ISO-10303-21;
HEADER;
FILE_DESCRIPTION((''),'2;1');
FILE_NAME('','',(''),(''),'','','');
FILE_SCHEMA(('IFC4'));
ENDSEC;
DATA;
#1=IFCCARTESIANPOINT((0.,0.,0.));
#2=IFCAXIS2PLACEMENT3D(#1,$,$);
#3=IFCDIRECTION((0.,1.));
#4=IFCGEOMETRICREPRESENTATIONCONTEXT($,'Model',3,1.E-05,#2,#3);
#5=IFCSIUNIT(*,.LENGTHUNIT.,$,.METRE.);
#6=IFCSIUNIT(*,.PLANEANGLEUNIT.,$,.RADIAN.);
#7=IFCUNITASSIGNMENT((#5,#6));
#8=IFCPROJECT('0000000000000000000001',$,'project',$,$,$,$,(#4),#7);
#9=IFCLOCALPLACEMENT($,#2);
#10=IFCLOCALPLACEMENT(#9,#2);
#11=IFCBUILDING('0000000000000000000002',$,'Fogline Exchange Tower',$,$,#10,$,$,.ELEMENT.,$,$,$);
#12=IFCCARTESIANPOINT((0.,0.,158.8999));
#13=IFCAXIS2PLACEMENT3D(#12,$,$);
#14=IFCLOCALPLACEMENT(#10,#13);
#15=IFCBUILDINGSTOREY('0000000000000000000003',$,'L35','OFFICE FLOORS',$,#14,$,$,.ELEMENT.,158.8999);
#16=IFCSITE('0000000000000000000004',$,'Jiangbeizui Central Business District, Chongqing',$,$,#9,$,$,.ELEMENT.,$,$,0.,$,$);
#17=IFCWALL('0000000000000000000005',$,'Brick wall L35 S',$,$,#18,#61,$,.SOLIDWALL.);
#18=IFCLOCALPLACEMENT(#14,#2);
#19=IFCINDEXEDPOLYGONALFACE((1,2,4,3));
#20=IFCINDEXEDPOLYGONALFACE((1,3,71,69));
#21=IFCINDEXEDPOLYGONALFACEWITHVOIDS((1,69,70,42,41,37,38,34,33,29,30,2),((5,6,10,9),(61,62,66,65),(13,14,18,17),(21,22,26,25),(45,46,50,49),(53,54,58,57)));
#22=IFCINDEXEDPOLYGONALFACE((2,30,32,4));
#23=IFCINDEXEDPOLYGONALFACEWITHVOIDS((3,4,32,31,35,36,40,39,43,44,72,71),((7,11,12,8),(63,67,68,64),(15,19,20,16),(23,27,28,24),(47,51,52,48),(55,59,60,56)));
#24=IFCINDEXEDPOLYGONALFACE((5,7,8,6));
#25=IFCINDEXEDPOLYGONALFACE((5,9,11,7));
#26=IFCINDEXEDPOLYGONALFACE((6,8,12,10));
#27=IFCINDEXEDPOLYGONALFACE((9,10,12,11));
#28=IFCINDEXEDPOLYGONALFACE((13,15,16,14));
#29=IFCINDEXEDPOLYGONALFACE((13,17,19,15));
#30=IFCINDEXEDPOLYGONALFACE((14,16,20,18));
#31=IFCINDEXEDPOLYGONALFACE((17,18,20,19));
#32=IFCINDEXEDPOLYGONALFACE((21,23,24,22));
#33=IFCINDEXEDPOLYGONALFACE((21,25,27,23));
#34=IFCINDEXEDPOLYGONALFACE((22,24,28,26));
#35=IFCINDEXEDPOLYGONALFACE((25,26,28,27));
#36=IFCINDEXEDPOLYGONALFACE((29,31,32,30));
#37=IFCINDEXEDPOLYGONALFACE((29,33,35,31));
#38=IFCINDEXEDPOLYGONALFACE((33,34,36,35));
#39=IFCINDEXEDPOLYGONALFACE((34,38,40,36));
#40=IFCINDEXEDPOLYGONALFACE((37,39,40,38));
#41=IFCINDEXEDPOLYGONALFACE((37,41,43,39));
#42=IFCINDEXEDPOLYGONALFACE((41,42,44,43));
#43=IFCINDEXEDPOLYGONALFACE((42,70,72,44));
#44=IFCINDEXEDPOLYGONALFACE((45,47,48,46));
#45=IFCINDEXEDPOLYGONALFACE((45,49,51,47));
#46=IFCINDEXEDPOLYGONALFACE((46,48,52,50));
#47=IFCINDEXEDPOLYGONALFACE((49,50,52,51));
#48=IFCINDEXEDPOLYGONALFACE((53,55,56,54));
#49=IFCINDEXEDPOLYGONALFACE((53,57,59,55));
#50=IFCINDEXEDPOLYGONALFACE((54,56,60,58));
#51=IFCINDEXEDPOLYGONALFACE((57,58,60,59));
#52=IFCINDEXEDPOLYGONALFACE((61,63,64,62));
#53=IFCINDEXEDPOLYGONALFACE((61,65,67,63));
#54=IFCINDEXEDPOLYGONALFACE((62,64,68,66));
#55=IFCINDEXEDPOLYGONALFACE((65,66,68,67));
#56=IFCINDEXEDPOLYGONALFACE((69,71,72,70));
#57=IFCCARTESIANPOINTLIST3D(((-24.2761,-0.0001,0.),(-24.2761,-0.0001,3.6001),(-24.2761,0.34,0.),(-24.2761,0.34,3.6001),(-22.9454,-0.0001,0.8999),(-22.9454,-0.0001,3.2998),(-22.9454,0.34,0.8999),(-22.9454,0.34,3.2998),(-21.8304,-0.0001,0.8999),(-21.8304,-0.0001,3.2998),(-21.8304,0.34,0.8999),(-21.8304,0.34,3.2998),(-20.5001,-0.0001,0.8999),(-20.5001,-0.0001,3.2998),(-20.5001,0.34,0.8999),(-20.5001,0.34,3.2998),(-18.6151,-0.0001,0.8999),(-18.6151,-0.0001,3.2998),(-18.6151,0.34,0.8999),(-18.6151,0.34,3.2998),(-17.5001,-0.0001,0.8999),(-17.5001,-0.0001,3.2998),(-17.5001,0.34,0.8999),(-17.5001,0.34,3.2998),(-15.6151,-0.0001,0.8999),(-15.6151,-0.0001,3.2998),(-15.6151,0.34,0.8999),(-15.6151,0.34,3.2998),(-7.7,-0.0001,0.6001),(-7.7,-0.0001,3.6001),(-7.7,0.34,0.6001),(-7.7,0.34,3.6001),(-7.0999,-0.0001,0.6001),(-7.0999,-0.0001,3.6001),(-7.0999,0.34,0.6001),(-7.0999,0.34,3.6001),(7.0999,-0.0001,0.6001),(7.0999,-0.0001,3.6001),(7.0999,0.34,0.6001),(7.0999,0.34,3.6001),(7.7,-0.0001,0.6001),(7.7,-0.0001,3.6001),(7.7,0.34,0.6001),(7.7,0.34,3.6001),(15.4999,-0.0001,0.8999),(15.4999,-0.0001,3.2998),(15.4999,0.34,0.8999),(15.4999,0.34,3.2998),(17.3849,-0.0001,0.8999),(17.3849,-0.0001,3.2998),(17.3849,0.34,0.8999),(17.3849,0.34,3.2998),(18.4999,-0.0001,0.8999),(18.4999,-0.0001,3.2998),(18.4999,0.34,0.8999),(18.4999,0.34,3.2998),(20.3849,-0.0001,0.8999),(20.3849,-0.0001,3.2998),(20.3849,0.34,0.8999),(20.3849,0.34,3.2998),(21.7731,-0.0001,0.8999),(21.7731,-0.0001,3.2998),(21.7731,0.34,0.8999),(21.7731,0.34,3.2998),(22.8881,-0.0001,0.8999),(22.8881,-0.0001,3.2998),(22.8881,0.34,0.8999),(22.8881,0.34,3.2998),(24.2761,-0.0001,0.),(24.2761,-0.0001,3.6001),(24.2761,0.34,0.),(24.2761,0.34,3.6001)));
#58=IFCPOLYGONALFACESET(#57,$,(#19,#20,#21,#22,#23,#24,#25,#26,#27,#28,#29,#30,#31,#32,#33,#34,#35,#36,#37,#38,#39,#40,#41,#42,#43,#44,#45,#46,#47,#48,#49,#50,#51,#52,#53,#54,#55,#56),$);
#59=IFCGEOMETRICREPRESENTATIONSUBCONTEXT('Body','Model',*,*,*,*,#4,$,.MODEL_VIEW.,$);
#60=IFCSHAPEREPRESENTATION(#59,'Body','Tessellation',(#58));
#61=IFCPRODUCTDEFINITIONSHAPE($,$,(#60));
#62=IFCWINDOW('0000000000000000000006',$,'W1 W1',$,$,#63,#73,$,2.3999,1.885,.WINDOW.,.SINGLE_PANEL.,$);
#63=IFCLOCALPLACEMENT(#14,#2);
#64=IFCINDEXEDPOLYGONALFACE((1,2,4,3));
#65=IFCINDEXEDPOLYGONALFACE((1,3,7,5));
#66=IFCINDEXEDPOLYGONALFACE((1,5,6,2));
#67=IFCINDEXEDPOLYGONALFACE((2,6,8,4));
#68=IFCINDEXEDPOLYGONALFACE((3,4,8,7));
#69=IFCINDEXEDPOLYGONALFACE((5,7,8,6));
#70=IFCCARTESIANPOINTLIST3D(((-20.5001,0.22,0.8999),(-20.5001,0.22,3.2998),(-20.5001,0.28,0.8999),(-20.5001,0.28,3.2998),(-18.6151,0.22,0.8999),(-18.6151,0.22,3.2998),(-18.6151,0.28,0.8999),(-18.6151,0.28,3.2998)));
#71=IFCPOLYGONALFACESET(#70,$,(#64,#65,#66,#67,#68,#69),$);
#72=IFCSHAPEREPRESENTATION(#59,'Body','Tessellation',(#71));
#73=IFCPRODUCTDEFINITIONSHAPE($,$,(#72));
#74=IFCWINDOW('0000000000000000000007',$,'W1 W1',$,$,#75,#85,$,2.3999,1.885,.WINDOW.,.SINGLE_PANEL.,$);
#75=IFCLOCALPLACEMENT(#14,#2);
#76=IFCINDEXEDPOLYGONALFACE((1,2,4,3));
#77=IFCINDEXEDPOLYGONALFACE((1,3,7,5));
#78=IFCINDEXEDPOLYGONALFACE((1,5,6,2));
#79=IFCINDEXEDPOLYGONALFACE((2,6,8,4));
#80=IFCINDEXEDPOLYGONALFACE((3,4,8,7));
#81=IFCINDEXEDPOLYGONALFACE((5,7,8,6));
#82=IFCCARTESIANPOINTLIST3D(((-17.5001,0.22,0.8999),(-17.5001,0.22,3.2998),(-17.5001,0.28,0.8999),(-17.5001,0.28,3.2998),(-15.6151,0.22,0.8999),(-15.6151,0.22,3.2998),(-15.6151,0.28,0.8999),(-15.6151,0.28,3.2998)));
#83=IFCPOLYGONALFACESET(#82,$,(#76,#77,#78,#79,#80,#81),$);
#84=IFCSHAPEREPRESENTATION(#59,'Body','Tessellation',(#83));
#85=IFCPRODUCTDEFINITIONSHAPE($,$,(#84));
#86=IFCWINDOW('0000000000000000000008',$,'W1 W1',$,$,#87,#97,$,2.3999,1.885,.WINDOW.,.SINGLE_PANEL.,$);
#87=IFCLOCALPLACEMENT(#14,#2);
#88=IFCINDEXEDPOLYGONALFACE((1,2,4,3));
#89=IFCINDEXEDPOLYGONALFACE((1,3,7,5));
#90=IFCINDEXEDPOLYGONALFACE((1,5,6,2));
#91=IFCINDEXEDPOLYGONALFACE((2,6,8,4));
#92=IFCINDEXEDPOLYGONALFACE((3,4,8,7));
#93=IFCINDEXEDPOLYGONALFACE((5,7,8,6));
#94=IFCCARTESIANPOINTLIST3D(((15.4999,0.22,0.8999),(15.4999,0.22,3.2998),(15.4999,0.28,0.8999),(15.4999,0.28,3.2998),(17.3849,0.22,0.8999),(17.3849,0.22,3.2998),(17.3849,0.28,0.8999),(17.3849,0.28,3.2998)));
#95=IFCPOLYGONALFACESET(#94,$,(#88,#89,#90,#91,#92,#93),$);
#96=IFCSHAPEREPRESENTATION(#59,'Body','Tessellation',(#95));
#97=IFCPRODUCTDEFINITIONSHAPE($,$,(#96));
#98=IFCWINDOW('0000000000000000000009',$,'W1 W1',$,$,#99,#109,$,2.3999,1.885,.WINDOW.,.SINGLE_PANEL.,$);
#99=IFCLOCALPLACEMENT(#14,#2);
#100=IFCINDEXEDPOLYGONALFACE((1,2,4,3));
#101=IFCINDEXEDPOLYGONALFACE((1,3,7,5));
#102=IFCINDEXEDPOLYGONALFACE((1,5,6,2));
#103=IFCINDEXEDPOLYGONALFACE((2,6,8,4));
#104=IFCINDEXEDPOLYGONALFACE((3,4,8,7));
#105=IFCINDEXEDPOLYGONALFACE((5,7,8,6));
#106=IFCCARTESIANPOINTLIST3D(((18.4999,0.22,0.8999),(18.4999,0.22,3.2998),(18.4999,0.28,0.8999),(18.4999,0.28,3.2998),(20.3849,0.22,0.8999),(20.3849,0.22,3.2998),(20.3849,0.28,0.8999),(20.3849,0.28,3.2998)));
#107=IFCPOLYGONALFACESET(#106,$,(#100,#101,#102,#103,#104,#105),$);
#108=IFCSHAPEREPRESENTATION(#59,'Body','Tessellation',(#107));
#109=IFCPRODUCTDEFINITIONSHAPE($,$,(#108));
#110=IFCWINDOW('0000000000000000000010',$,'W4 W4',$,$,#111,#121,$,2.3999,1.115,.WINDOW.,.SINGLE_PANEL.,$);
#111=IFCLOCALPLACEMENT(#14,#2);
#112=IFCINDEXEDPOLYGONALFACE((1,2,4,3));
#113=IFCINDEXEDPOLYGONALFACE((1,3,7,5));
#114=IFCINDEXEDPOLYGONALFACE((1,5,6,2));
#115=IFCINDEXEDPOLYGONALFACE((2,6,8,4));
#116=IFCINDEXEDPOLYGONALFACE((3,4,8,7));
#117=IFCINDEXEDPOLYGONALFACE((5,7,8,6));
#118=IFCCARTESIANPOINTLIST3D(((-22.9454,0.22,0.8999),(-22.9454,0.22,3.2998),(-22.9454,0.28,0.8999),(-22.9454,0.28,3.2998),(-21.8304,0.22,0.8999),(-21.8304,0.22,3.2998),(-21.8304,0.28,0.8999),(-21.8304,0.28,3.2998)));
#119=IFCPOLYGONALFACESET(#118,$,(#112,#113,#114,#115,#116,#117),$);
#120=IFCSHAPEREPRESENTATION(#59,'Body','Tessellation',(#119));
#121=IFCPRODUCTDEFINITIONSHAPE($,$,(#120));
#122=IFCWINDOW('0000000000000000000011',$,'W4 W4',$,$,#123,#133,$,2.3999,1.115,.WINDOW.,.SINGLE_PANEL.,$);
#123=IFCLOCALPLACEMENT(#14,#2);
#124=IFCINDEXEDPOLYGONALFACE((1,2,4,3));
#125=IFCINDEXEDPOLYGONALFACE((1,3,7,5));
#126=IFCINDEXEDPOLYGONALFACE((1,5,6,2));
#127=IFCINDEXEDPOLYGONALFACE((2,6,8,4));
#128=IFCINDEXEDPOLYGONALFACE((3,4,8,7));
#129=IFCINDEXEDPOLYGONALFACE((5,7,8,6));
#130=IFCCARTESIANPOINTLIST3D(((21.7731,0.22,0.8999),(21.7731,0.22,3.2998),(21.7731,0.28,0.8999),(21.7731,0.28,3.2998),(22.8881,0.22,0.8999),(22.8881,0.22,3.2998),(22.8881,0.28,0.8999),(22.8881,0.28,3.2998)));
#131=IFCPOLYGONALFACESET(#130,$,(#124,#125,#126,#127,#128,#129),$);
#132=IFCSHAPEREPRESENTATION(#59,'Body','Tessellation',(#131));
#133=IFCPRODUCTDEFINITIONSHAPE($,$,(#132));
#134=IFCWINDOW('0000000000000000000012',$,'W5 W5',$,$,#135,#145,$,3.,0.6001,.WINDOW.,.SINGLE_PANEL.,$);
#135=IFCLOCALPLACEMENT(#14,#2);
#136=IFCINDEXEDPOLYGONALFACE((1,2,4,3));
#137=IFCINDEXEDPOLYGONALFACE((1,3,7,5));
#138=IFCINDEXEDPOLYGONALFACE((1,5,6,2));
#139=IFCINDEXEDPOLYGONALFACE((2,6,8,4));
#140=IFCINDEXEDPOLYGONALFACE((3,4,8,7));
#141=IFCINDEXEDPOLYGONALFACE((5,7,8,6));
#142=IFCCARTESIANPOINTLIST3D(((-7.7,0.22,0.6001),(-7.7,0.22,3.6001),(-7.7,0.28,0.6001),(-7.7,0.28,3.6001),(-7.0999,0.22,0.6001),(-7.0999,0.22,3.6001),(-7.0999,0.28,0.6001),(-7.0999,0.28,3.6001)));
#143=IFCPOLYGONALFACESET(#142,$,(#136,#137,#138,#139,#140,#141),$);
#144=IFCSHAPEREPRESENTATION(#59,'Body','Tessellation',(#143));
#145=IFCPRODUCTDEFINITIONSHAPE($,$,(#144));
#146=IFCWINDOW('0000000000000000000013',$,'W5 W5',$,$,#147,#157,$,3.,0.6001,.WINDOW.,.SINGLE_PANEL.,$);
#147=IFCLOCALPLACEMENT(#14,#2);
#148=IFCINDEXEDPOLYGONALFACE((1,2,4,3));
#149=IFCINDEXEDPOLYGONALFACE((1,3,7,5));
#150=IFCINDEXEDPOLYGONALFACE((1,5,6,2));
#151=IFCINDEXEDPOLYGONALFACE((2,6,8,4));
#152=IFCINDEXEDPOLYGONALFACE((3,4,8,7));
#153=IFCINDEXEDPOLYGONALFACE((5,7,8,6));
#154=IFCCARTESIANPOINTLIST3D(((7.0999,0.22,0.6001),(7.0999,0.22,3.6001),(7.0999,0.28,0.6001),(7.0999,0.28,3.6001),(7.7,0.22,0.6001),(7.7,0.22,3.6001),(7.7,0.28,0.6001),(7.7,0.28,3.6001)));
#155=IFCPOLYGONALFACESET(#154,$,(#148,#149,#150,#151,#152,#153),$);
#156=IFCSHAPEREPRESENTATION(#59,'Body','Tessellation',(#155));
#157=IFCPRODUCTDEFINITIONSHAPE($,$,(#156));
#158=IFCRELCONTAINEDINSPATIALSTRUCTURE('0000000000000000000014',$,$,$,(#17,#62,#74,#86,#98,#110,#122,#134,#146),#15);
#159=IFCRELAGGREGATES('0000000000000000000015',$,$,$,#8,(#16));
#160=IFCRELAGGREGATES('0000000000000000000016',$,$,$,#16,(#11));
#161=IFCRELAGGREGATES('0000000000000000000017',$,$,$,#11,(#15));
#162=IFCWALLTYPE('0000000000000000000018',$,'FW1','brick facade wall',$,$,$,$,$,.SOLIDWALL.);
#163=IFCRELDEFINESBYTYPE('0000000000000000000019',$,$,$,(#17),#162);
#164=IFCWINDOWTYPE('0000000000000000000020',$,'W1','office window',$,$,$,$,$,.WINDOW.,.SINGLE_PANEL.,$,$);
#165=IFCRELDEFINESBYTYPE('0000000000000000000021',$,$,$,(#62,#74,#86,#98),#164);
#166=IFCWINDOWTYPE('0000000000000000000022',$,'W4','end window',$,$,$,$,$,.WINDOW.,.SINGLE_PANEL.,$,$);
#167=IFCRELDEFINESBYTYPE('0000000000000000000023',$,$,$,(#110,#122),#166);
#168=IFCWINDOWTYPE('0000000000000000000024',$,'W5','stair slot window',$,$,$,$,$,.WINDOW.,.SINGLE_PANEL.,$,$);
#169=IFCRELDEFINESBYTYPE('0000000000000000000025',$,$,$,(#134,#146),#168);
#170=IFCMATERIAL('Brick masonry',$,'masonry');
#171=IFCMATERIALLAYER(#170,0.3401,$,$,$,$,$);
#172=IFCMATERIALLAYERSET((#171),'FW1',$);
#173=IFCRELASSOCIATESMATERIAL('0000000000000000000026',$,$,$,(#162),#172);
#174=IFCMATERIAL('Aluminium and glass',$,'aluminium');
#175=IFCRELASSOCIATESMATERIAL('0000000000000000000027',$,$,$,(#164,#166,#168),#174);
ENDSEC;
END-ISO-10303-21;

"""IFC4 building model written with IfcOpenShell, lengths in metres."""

from ifc_helpers import new_model, si_unit, direction, frame, frame_2d, origin, place, context, subcontext, project, spatial, rectangle, extrude, material, layer, layer_set, type_object, element, fill, save


model = new_model("IFC4")

# Units and contexts
model_context = context("Model", 3, precision=1e-05, world=origin(), true_north=direction((0.0, 1.0)))
body_context = subcontext(model_context, "Body", "Model", "MODEL_VIEW")
ifc_project = project(units=[si_unit("LENGTHUNIT", "METRE"), si_unit("PLANEANGLEUNIT", "RADIAN")], contexts=[model_context])

# Site, building, storey
site_placement = place(None, origin())
site = spatial("IfcSite", under=ifc_project, at=site_placement, Name="Jiangbeizui Central Business District, Chongqing", CompositionType="ELEMENT", RefElevation=0.0)
building_placement = place(site_placement, origin())
building = spatial("IfcBuilding", under=site, at=building_placement, Name="Fogline Exchange Tower", CompositionType="ELEMENT")
storey_placement = place(building_placement, frame((0.0, 0.0, 158.8999)))
storey = spatial("IfcBuildingStorey", under=building, at=storey_placement, Name="L35", Description="OFFICE FLOORS", CompositionType="ELEMENT", Elevation=158.8999)

# Shared definitions
ifc_material_1 = material(Name="Brick masonry", Category="masonry")
ifc_layer = layer(ifc_material_1, 0.3401)
ifc_layer_set = layer_set([ifc_layer], Name="FW1")
wall_type = type_object("IfcWallType", Name="FW1", Description="brick facade wall", PredefinedType="SOLIDWALL", material=ifc_layer_set)
ifc_material_2 = material(Name="Aluminium and glass", Category="aluminium")

# Wall, openings, windows
wall_1_placement = place(storey_placement, frame((-24.2761, 0.1699, 0.0), z_axis=(0.0, 0.0, 1.0), x_axis=(1.0, 0.0, 0.0)))
wall_1 = element("IfcWall", 1, at=wall_1_placement, inside=storey, type_object=wall_type, Name="Brick wall L35 S", PredefinedType="SOLIDWALL", context=body_context, shape_type="SweptSolid", body=[
    extrude(rectangle(XDim=48.5522, YDim=0.3401, at=frame_2d((24.2761, 0.0))), origin(), (0.0, 0.0, 1.0), 3.6001),
])
opening_1_placement = place(wall_1_placement, frame((3.7761, 0.0, 0.8999)))
opening_1 = element("IfcOpeningElement", 2, at=opening_1_placement, cuts=wall_1, PredefinedType="OPENING", context=body_context, shape_type="SweptSolid", body=[
    extrude(rectangle(XDim=1.885, YDim=2.3999, at=frame_2d((0.9424, 1.2))), frame((0.0, 0.1802, 0.0), z_axis=(0.0, -1.0, 0.0), x_axis=(1.0, 0.0, 0.0)), (0.0, 0.0, 1.0), 0.3601),
])
opening_2_placement = place(wall_1_placement, frame((6.7761, 0.0, 0.8999)))
opening_2 = element("IfcOpeningElement", 3, at=opening_2_placement, cuts=wall_1, PredefinedType="OPENING", context=body_context, shape_type="SweptSolid", body=[
    extrude(rectangle(XDim=1.885, YDim=2.3999, at=frame_2d((0.9424, 1.2))), frame((0.0, 0.1802, 0.0), z_axis=(0.0, -1.0, 0.0), x_axis=(1.0, 0.0, 0.0)), (0.0, 0.0, 1.0), 0.3601),
])
opening_3_placement = place(wall_1_placement, frame((39.7761, 0.0, 0.8999)))
opening_3 = element("IfcOpeningElement", 4, at=opening_3_placement, cuts=wall_1, PredefinedType="OPENING", context=body_context, shape_type="SweptSolid", body=[
    extrude(rectangle(XDim=1.885, YDim=2.3999, at=frame_2d((0.9424, 1.2))), frame((0.0, 0.1802, 0.0), z_axis=(0.0, -1.0, 0.0), x_axis=(1.0, 0.0, 0.0)), (0.0, 0.0, 1.0), 0.3601),
])
opening_4_placement = place(wall_1_placement, frame((42.7761, 0.0, 0.8999)))
opening_4 = element("IfcOpeningElement", 5, at=opening_4_placement, cuts=wall_1, PredefinedType="OPENING", context=body_context, shape_type="SweptSolid", body=[
    extrude(rectangle(XDim=1.885, YDim=2.3999, at=frame_2d((0.9424, 1.2))), frame((0.0, 0.1802, 0.0), z_axis=(0.0, -1.0, 0.0), x_axis=(1.0, 0.0, 0.0)), (0.0, 0.0, 1.0), 0.3601),
])
opening_5_placement = place(wall_1_placement, frame((1.3306, 0.0, 0.8999)))
opening_5 = element("IfcOpeningElement", 6, at=opening_5_placement, cuts=wall_1, PredefinedType="OPENING", context=body_context, shape_type="SweptSolid", body=[
    extrude(rectangle(XDim=1.115, YDim=2.3999, at=frame_2d((0.5576, 1.2))), frame((0.0, 0.1802, 0.0), z_axis=(0.0, -1.0, 0.0), x_axis=(1.0, 0.0, 0.0)), (0.0, 0.0, 1.0), 0.3601),
])
opening_6_placement = place(wall_1_placement, frame((46.0491, 0.0, 0.8999)))
opening_6 = element("IfcOpeningElement", 7, at=opening_6_placement, cuts=wall_1, PredefinedType="OPENING", context=body_context, shape_type="SweptSolid", body=[
    extrude(rectangle(XDim=1.115, YDim=2.3999, at=frame_2d((0.5576, 1.2))), frame((0.0, 0.1802, 0.0), z_axis=(0.0, -1.0, 0.0), x_axis=(1.0, 0.0, 0.0)), (0.0, 0.0, 1.0), 0.3601),
])
opening_7_placement = place(wall_1_placement, frame((16.5762, 0.0, 0.6001)))
opening_7 = element("IfcOpeningElement", 8, at=opening_7_placement, cuts=wall_1, PredefinedType="OPENING", context=body_context, shape_type="SweptSolid", body=[
    extrude(rectangle(XDim=0.6001, YDim=3.0, at=frame_2d((0.3, 1.5))), frame((0.0, 0.1802, 0.0), z_axis=(0.0, -1.0, 0.0), x_axis=(1.0, 0.0, 0.0)), (0.0, 0.0, 1.0), 0.3601),
])
opening_8_placement = place(wall_1_placement, frame((31.376, 0.0, 0.6001)))
opening_8 = element("IfcOpeningElement", 9, at=opening_8_placement, cuts=wall_1, PredefinedType="OPENING", context=body_context, shape_type="SweptSolid", body=[
    extrude(rectangle(XDim=0.6001, YDim=3.0, at=frame_2d((0.3, 1.5))), frame((0.0, 0.1802, 0.0), z_axis=(0.0, -1.0, 0.0), x_axis=(1.0, 0.0, 0.0)), (0.0, 0.0, 1.0), 0.3601),
])
window_type_1 = type_object("IfcWindowType", Name="W1", Description="office window", PartitioningType="SINGLE_PANEL", PredefinedType="WINDOW", material=ifc_material_2)
window_1_placement = place(opening_1_placement, origin())
window_1 = element("IfcWindow", 10, at=window_1_placement, inside=storey, type_object=window_type_1, Name="W1 W1", OverallHeight=2.3999, OverallWidth=1.885, PartitioningType="SINGLE_PANEL", PredefinedType="WINDOW", context=body_context, shape_type="SweptSolid", body=[
    extrude(rectangle(XDim=1.885, YDim=2.3999, at=frame_2d((0.9424, 1.2))), frame((0.0, 0.1101, 0.0), z_axis=(0.0, -1.0, 0.0), x_axis=(1.0, 0.0, 0.0)), (0.0, 0.0, 1.0), 0.0601),
])
fill(opening_1, window_1)
window_2_placement = place(opening_2_placement, origin())
window_2 = element("IfcWindow", 11, at=window_2_placement, inside=storey, type_object=window_type_1, Name="W1 W1", OverallHeight=2.3999, OverallWidth=1.885, PartitioningType="SINGLE_PANEL", PredefinedType="WINDOW", context=body_context, shape_type="SweptSolid", body=[
    extrude(rectangle(XDim=1.885, YDim=2.3999, at=frame_2d((0.9424, 1.2))), frame((0.0, 0.1101, 0.0), z_axis=(0.0, -1.0, 0.0), x_axis=(1.0, 0.0, 0.0)), (0.0, 0.0, 1.0), 0.0601),
])
fill(opening_2, window_2)
window_3_placement = place(opening_3_placement, origin())
window_3 = element("IfcWindow", 12, at=window_3_placement, inside=storey, type_object=window_type_1, Name="W1 W1", OverallHeight=2.3999, OverallWidth=1.885, PartitioningType="SINGLE_PANEL", PredefinedType="WINDOW", context=body_context, shape_type="SweptSolid", body=[
    extrude(rectangle(XDim=1.885, YDim=2.3999, at=frame_2d((0.9424, 1.2))), frame((0.0, 0.1101, 0.0), z_axis=(0.0, -1.0, 0.0), x_axis=(1.0, 0.0, 0.0)), (0.0, 0.0, 1.0), 0.0601),
])
fill(opening_3, window_3)
window_4_placement = place(opening_4_placement, origin())
window_4 = element("IfcWindow", 13, at=window_4_placement, inside=storey, type_object=window_type_1, Name="W1 W1", OverallHeight=2.3999, OverallWidth=1.885, PartitioningType="SINGLE_PANEL", PredefinedType="WINDOW", context=body_context, shape_type="SweptSolid", body=[
    extrude(rectangle(XDim=1.885, YDim=2.3999, at=frame_2d((0.9424, 1.2))), frame((0.0, 0.1101, 0.0), z_axis=(0.0, -1.0, 0.0), x_axis=(1.0, 0.0, 0.0)), (0.0, 0.0, 1.0), 0.0601),
])
fill(opening_4, window_4)
window_type_2 = type_object("IfcWindowType", Name="W4", Description="end window", PartitioningType="SINGLE_PANEL", PredefinedType="WINDOW", material=ifc_material_2)
window_5_placement = place(opening_5_placement, origin())
window_5 = element("IfcWindow", 14, at=window_5_placement, inside=storey, type_object=window_type_2, Name="W4 W4", OverallHeight=2.3999, OverallWidth=1.115, PartitioningType="SINGLE_PANEL", PredefinedType="WINDOW", context=body_context, shape_type="SweptSolid", body=[
    extrude(rectangle(XDim=1.115, YDim=2.3999, at=frame_2d((0.5576, 1.2))), frame((0.0, 0.1101, 0.0), z_axis=(0.0, -1.0, 0.0), x_axis=(1.0, 0.0, 0.0)), (0.0, 0.0, 1.0), 0.0601),
])
fill(opening_5, window_5)
window_6_placement = place(opening_6_placement, origin())
window_6 = element("IfcWindow", 15, at=window_6_placement, inside=storey, type_object=window_type_2, Name="W4 W4", OverallHeight=2.3999, OverallWidth=1.115, PartitioningType="SINGLE_PANEL", PredefinedType="WINDOW", context=body_context, shape_type="SweptSolid", body=[
    extrude(rectangle(XDim=1.115, YDim=2.3999, at=frame_2d((0.5576, 1.2))), frame((0.0, 0.1101, 0.0), z_axis=(0.0, -1.0, 0.0), x_axis=(1.0, 0.0, 0.0)), (0.0, 0.0, 1.0), 0.0601),
])
fill(opening_6, window_6)
window_type_3 = type_object("IfcWindowType", Name="W5", Description="stair slot window", PartitioningType="SINGLE_PANEL", PredefinedType="WINDOW", material=ifc_material_2)
window_7_placement = place(opening_7_placement, origin())
window_7 = element("IfcWindow", 16, at=window_7_placement, inside=storey, type_object=window_type_3, Name="W5 W5", OverallHeight=3.0, OverallWidth=0.6001, PartitioningType="SINGLE_PANEL", PredefinedType="WINDOW", context=body_context, shape_type="SweptSolid", body=[
    extrude(rectangle(XDim=0.6001, YDim=3.0, at=frame_2d((0.3, 1.5))), frame((0.0, 0.1101, 0.0), z_axis=(0.0, -1.0, 0.0), x_axis=(1.0, 0.0, 0.0)), (0.0, 0.0, 1.0), 0.0601),
])
fill(opening_7, window_7)
window_8_placement = place(opening_8_placement, origin())
window_8 = element("IfcWindow", 17, at=window_8_placement, inside=storey, type_object=window_type_3, Name="W5 W5", OverallHeight=3.0, OverallWidth=0.6001, PartitioningType="SINGLE_PANEL", PredefinedType="WINDOW", context=body_context, shape_type="SweptSolid", body=[
    extrude(rectangle(XDim=0.6001, YDim=3.0, at=frame_2d((0.3, 1.5))), frame((0.0, 0.1101, 0.0), z_axis=(0.0, -1.0, 0.0), x_axis=(1.0, 0.0, 0.0)), (0.0, 0.0, 1.0), 0.0601),
])
fill(opening_8, window_8)

save(model, "model.ifc")
